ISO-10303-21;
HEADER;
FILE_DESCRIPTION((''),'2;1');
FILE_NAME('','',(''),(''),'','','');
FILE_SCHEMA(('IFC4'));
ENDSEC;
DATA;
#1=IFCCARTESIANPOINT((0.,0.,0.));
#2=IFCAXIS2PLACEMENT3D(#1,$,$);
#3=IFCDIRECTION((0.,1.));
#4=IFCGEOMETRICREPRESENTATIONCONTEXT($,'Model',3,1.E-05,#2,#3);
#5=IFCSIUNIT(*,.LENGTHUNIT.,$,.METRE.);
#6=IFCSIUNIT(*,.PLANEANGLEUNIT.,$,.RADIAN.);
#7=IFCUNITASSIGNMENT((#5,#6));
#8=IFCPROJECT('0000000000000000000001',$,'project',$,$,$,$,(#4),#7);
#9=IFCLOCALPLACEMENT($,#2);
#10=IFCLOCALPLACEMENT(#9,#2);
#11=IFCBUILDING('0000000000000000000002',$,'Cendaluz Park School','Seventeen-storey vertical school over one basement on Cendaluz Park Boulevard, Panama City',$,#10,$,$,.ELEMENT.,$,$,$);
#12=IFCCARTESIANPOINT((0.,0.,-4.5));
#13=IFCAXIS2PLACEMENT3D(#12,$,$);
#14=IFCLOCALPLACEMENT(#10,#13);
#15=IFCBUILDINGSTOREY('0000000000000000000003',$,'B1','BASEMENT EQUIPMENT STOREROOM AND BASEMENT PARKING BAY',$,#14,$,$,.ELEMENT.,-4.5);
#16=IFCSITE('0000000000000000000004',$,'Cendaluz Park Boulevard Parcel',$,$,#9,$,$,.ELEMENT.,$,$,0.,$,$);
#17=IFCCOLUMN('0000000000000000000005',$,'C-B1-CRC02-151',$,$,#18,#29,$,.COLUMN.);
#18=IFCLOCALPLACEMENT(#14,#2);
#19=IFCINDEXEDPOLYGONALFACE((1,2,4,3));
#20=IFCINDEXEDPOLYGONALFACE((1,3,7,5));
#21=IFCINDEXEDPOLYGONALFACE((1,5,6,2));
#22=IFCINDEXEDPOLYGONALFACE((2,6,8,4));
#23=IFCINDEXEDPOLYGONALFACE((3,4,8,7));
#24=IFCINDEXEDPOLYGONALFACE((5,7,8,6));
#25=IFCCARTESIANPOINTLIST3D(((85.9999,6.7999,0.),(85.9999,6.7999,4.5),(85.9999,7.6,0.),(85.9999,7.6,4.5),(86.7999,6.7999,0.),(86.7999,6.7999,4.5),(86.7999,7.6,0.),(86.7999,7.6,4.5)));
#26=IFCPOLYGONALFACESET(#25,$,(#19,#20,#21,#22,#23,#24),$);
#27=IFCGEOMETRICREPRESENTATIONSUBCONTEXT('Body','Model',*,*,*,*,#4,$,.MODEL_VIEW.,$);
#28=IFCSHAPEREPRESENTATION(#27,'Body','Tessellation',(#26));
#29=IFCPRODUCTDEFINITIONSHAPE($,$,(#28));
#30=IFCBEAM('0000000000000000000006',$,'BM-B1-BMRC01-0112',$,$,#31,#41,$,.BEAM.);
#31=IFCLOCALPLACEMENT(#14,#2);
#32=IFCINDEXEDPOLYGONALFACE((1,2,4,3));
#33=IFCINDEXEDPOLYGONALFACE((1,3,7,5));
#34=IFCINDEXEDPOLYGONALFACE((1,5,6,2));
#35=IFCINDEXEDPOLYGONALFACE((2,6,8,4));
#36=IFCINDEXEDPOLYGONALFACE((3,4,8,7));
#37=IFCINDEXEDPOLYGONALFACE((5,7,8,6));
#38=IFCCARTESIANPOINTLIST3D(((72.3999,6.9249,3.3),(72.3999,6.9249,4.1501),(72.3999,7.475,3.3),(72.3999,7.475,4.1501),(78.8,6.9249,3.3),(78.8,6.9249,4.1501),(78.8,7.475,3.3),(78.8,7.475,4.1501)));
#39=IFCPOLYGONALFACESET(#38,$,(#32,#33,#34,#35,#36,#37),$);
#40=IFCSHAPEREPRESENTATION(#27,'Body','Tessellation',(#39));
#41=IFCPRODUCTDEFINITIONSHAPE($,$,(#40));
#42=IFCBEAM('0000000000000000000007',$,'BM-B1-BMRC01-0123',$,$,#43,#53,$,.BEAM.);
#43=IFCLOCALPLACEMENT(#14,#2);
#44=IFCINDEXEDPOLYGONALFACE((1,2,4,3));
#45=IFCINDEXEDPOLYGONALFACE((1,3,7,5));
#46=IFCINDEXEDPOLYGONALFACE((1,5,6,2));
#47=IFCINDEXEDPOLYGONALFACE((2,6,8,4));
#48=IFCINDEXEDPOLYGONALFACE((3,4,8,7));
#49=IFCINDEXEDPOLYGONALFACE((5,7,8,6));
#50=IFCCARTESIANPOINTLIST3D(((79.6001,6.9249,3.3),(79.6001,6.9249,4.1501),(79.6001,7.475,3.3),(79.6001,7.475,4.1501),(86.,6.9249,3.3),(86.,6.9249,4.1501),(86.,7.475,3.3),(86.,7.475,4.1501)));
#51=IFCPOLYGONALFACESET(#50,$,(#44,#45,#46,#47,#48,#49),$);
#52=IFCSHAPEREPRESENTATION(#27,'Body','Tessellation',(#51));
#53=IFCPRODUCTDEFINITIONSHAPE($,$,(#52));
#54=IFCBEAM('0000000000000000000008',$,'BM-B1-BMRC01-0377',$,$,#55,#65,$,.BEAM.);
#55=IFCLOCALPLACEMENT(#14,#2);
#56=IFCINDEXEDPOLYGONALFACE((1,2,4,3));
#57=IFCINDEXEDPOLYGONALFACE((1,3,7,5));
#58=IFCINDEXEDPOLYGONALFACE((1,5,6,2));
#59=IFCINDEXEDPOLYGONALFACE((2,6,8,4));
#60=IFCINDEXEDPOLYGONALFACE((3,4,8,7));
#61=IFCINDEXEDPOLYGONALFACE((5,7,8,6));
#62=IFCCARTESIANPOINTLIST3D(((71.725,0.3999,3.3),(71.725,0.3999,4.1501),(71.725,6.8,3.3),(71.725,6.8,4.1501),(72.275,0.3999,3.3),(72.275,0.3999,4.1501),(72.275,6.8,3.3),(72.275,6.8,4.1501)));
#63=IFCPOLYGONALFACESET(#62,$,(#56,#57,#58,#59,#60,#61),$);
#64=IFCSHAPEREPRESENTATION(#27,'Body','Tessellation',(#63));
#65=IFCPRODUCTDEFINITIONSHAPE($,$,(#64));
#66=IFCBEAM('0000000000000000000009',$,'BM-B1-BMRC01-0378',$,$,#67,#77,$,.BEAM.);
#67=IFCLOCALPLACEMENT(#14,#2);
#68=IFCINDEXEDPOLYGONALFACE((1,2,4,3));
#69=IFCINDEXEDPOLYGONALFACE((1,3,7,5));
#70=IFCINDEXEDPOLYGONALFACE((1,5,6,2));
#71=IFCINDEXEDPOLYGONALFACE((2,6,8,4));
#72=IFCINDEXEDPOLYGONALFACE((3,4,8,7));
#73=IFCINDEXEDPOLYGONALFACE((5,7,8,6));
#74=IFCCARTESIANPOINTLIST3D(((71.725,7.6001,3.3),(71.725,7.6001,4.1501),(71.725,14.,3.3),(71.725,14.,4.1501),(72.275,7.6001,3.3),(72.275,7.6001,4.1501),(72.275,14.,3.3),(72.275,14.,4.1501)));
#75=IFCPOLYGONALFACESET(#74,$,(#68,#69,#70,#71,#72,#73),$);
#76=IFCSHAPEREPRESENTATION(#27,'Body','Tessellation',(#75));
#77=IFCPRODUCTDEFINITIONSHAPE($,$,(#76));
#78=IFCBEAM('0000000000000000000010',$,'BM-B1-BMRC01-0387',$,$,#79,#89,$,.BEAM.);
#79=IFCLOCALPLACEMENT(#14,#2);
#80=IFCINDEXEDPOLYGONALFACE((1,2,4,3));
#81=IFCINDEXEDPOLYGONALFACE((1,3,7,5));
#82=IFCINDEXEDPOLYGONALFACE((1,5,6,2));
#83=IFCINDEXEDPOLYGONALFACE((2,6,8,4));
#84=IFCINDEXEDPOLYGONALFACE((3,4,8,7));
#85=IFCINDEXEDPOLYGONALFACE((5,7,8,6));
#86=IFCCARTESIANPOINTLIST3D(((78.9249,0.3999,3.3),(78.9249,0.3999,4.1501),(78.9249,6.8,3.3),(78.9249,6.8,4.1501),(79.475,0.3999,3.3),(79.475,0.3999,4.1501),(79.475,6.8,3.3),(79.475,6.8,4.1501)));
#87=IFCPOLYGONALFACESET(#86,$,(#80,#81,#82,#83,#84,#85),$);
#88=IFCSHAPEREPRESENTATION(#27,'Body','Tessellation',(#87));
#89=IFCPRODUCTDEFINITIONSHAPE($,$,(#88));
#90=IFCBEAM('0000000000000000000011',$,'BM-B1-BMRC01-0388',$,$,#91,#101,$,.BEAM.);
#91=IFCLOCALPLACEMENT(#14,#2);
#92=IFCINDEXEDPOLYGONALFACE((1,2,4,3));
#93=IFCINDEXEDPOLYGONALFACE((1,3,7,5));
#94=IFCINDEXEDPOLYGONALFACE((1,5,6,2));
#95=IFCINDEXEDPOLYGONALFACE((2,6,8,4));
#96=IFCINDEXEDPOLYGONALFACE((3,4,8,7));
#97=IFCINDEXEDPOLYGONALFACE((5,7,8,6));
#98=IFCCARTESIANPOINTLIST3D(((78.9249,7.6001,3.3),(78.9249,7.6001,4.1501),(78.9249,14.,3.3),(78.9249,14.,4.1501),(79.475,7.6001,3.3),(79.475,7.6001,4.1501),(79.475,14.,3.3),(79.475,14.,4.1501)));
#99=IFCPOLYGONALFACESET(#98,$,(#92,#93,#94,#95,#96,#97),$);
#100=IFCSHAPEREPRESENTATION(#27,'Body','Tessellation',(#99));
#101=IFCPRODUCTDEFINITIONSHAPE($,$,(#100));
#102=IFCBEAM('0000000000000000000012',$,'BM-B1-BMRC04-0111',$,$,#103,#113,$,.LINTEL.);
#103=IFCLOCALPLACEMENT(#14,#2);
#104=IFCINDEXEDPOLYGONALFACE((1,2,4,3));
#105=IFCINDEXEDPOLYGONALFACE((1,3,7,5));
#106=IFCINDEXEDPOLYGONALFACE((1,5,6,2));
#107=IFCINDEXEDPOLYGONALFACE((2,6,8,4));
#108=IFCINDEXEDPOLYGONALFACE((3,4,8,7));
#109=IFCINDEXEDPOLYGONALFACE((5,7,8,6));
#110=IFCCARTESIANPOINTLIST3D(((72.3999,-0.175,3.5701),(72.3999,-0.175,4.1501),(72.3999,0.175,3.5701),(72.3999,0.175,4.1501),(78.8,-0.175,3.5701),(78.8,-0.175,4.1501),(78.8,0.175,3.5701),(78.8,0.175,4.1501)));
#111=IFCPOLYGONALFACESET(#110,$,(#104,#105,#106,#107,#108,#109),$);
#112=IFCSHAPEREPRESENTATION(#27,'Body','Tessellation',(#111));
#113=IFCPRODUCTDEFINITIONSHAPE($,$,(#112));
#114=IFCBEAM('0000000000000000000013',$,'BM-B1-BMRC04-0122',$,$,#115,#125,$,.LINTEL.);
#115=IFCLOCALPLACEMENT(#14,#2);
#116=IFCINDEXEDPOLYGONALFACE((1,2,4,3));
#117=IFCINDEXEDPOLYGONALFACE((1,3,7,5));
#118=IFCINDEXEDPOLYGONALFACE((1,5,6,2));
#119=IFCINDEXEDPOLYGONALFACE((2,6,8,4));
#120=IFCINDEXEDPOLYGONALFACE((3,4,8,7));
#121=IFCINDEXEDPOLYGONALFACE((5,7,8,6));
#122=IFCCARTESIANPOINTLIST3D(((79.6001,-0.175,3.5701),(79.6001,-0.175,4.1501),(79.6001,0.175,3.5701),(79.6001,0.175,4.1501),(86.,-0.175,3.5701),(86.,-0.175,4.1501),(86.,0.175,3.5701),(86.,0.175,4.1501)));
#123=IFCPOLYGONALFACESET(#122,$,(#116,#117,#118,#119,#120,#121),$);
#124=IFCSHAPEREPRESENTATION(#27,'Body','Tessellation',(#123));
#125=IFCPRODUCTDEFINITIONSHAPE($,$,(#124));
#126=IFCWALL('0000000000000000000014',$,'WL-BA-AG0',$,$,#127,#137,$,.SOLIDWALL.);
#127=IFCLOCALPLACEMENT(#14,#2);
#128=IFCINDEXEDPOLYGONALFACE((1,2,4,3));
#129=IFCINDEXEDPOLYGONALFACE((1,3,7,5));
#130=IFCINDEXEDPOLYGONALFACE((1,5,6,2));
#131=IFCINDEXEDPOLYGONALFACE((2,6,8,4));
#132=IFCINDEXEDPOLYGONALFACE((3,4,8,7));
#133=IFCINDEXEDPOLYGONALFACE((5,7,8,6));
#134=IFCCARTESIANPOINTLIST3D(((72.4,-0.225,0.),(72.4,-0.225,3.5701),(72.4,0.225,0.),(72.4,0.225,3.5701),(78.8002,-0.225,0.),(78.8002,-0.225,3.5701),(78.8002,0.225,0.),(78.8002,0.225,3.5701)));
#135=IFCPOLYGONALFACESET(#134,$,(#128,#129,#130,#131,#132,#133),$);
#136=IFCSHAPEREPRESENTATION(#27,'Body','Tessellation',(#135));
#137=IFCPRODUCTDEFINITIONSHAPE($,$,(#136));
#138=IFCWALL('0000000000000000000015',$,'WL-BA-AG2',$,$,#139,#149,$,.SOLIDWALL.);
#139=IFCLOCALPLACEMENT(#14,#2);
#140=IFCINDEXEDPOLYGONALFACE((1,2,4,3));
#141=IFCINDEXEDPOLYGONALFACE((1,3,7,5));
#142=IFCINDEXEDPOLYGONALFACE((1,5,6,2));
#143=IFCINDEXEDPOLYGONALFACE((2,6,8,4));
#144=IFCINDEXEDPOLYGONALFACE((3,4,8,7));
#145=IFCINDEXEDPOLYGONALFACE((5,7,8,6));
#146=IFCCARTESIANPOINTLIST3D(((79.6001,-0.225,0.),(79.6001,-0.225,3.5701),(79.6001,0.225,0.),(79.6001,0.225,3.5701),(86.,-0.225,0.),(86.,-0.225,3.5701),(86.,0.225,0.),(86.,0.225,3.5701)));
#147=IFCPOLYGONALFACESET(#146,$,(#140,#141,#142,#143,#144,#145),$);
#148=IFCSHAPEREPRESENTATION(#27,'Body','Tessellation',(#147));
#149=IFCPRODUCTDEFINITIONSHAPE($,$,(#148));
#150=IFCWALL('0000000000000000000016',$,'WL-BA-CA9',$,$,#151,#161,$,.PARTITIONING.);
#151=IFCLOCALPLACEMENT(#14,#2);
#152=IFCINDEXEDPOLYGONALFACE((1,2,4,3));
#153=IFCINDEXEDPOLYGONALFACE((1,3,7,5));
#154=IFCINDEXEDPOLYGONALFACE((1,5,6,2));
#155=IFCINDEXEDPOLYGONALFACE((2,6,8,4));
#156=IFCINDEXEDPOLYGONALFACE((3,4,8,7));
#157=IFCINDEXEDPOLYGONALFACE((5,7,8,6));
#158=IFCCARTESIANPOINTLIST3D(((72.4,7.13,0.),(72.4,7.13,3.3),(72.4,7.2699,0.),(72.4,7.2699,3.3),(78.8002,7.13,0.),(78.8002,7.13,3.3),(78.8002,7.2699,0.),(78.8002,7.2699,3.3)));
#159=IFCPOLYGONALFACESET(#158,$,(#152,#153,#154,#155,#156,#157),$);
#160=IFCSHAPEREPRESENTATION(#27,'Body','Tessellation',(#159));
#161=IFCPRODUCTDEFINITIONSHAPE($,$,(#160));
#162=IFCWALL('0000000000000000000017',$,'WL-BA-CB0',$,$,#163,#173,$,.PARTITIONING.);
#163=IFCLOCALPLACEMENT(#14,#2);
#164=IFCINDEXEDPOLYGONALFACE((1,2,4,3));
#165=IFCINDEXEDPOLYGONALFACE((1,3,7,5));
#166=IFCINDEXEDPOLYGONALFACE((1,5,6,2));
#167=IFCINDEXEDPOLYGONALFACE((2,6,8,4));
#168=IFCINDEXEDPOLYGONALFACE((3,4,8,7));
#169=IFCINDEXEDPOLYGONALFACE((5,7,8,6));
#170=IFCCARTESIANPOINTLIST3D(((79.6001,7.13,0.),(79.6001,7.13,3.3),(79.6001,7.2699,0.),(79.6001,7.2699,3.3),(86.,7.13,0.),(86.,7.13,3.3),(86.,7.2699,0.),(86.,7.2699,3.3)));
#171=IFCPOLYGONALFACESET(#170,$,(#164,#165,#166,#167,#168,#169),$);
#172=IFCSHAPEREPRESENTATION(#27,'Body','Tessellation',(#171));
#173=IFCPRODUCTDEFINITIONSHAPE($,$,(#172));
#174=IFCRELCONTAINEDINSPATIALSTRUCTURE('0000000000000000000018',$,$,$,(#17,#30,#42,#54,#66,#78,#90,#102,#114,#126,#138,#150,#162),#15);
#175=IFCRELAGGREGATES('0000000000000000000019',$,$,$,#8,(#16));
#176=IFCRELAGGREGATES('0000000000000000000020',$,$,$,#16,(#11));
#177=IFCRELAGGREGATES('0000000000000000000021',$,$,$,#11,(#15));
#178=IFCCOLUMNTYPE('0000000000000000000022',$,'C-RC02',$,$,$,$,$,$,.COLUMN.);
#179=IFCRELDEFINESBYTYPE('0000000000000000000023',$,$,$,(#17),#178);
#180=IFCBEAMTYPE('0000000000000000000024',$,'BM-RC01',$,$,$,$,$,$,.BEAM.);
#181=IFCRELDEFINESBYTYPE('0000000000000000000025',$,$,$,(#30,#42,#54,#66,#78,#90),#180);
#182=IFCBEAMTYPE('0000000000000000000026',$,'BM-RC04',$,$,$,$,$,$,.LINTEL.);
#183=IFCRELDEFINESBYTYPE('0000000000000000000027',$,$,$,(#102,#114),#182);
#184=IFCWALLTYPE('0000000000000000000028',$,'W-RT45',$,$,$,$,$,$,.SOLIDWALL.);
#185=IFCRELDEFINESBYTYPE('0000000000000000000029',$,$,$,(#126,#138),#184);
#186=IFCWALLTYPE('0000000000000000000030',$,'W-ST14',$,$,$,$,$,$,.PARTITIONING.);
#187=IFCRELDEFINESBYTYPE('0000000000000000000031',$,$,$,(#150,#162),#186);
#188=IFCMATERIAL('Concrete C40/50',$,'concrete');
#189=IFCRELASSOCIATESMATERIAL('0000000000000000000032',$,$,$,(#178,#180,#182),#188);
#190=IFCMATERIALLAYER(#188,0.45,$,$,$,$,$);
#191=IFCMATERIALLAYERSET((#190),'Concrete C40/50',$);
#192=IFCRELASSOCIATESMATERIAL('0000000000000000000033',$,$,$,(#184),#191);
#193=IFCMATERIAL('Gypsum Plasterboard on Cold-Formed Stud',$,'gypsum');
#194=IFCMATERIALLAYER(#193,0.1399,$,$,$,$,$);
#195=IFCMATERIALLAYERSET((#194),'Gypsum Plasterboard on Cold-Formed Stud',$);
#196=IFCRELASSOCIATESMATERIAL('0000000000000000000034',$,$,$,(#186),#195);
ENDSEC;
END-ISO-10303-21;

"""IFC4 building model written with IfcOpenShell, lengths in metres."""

from ifc_helpers import new_model, si_unit, direction, frame, frame_2d, origin, origin_2d, place, context, subcontext, project, spatial, rectangle, extrude, material, layer, layer_set, material_profile, profile_set, type_object, element, save


model = new_model("IFC4")

# Units and contexts
model_context = context("Model", 3, precision=1e-05, world=origin(), true_north=direction((0.0, 1.0)))
body_context = subcontext(model_context, "Body", "Model", "MODEL_VIEW")
ifc_project = project(units=[si_unit("LENGTHUNIT", "METRE"), si_unit("PLANEANGLEUNIT", "RADIAN")], contexts=[model_context])

# Site, building, storey
site_placement = place(None, origin())
site = spatial("IfcSite", under=ifc_project, at=site_placement, Name="Cendaluz Park Boulevard Parcel", CompositionType="ELEMENT", RefElevation=0.0)
building_placement = place(site_placement, origin())
building = spatial("IfcBuilding", under=site, at=building_placement, Name="Cendaluz Park School", Description="Seventeen-storey vertical school over one basement on Cendaluz Park Boulevard, Panama City", CompositionType="ELEMENT")
storey_placement = place(building_placement, frame((0.0, 0.0, -4.5)))
storey = spatial("IfcBuildingStorey", under=building, at=storey_placement, Name="B1", Description="BASEMENT EQUIPMENT STOREROOM AND BASEMENT PARKING BAY", CompositionType="ELEMENT", Elevation=-4.5)

# Shared definitions
ifc_material_1 = material(Name="Concrete C40/50", Category="concrete")

# Column
ifc_material_profile_1 = material_profile(ifc_material_1, rectangle(XDim=0.8, YDim=0.8, at=origin_2d()), Name="RC 800x800", Category="concrete")
ifc_profile_set_1 = profile_set([ifc_material_profile_1], Name="Concrete C40/50")
column_type = type_object("IfcColumnType", Name="C-RC02", PredefinedType="COLUMN", material=ifc_profile_set_1)
for number, where, z_axis, x_axis, name in (
    (1, (86.3999, 7.2, 0.0), (0.0, 0.0, 1.0), (1.0, 0.0, 0.0), "C-B1-CRC02-151"),
):
    element("IfcColumn", number, at=place(storey_placement, frame(where, z_axis=z_axis, x_axis=x_axis)), inside=storey, type_object=column_type, Name=name, PredefinedType="COLUMN", context=body_context, shape_type="SweptSolid", body=[
        extrude(rectangle(XDim=0.8, YDim=0.8, at=origin_2d()), origin(), (0.0, 0.0, 1.0), 4.5),
    ])

# Beams
ifc_material_profile_2 = material_profile(ifc_material_1, rectangle(XDim=0.55, YDim=0.8501, at=origin_2d()), Name="RC 550x850", Category="concrete")
ifc_profile_set_2 = profile_set([ifc_material_profile_2], Name="Concrete C40/50")
beam_type_1 = type_object("IfcBeamType", Name="BM-RC01", PredefinedType="BEAM", material=ifc_profile_set_2)
beam_1_placement = place(storey_placement, frame((72.3999, 7.2, 3.7251), z_axis=(1.0, 0.0, 0.0), x_axis=(0.0, 1.0, 0.0)))
element("IfcBeam", 2, at=beam_1_placement, inside=storey, type_object=beam_type_1, Name="BM-B1-BMRC01-0112", PredefinedType="BEAM", context=body_context, shape_type="SweptSolid", body=[
    extrude(rectangle(XDim=0.55, YDim=0.8501, at=origin_2d()), origin(), (0.0, 0.0, 1.0), 6.4001),
])
beam_2_placement = place(storey_placement, frame((79.6001, 7.2, 3.7251), z_axis=(1.0, 0.0, 0.0), x_axis=(0.0, 1.0, 0.0)))
element("IfcBeam", 3, at=beam_2_placement, inside=storey, type_object=beam_type_1, Name="BM-B1-BMRC01-0123", PredefinedType="BEAM", context=body_context, shape_type="SweptSolid", body=[
    extrude(rectangle(XDim=0.55, YDim=0.8501, at=origin_2d()), origin(), (0.0, 0.0, 1.0), 6.3999),
])
beam_3_placement = place(storey_placement, frame((72.0, 0.3999, 3.7251), z_axis=(0.0, 1.0, 0.0), x_axis=(-1.0, 0.0, 0.0)))
element("IfcBeam", 4, at=beam_3_placement, inside=storey, type_object=beam_type_1, Name="BM-B1-BMRC01-0377", PredefinedType="BEAM", context=body_context, shape_type="SweptSolid", body=[
    extrude(rectangle(XDim=0.55, YDim=0.8501, at=origin_2d()), origin(), (0.0, 0.0, 1.0), 6.4001),
])
beam_4_placement = place(storey_placement, frame((72.0, 7.6001, 3.7251), z_axis=(0.0, 1.0, 0.0), x_axis=(-1.0, 0.0, 0.0)))
element("IfcBeam", 5, at=beam_4_placement, inside=storey, type_object=beam_type_1, Name="BM-B1-BMRC01-0378", PredefinedType="BEAM", context=body_context, shape_type="SweptSolid", body=[
    extrude(rectangle(XDim=0.55, YDim=0.8501, at=origin_2d()), origin(), (0.0, 0.0, 1.0), 6.3999),
])
beam_5_placement = place(storey_placement, frame((79.2, 0.3999, 3.7251), z_axis=(0.0, 1.0, 0.0), x_axis=(-1.0, 0.0, 0.0)))
element("IfcBeam", 6, at=beam_5_placement, inside=storey, type_object=beam_type_1, Name="BM-B1-BMRC01-0387", PredefinedType="BEAM", context=body_context, shape_type="SweptSolid", body=[
    extrude(rectangle(XDim=0.55, YDim=0.8501, at=origin_2d()), origin(), (0.0, 0.0, 1.0), 6.4001),
])
beam_6_placement = place(storey_placement, frame((79.2, 7.6001, 3.7251), z_axis=(0.0, 1.0, 0.0), x_axis=(-1.0, 0.0, 0.0)))
element("IfcBeam", 7, at=beam_6_placement, inside=storey, type_object=beam_type_1, Name="BM-B1-BMRC01-0388", PredefinedType="BEAM", context=body_context, shape_type="SweptSolid", body=[
    extrude(rectangle(XDim=0.55, YDim=0.8501, at=origin_2d()), origin(), (0.0, 0.0, 1.0), 6.3999),
])
ifc_material_profile_3 = material_profile(ifc_material_1, rectangle(XDim=0.3501, YDim=0.5801, at=origin_2d()), Name="RC 350x580", Category="concrete")
ifc_profile_set_3 = profile_set([ifc_material_profile_3], Name="Concrete C40/50")
beam_type_2 = type_object("IfcBeamType", Name="BM-RC04", PredefinedType="LINTEL", material=ifc_profile_set_3)
beam_7_placement = place(storey_placement, frame((72.3999, 0.0, 3.8601), z_axis=(1.0, 0.0, 0.0), x_axis=(0.0, 1.0, 0.0)))
element("IfcBeam", 8, at=beam_7_placement, inside=storey, type_object=beam_type_2, Name="BM-B1-BMRC04-0111", PredefinedType="LINTEL", context=body_context, shape_type="SweptSolid", body=[
    extrude(rectangle(XDim=0.3501, YDim=0.5801, at=origin_2d()), origin(), (0.0, 0.0, 1.0), 6.4001),
])
beam_8_placement = place(storey_placement, frame((79.6001, 0.0, 3.8601), z_axis=(1.0, 0.0, 0.0), x_axis=(0.0, 1.0, 0.0)))
element("IfcBeam", 9, at=beam_8_placement, inside=storey, type_object=beam_type_2, Name="BM-B1-BMRC04-0122", PredefinedType="LINTEL", context=body_context, shape_type="SweptSolid", body=[
    extrude(rectangle(XDim=0.3501, YDim=0.5801, at=origin_2d()), origin(), (0.0, 0.0, 1.0), 6.3999),
])

# Walls
ifc_layer_1 = layer(ifc_material_1, 0.45)
ifc_layer_set_1 = layer_set([ifc_layer_1], Name="Concrete C40/50")
wall_type_1 = type_object("IfcWallType", Name="W-RT45", PredefinedType="SOLIDWALL", material=ifc_layer_set_1)
wall_1_placement = place(storey_placement, frame((72.3999, 0.0, 0.0), z_axis=(0.0, 0.0, 1.0), x_axis=(1.0, 0.0, 0.0)))
element("IfcWall", 10, at=wall_1_placement, inside=storey, type_object=wall_type_1, Name="WL-BA-AG0", PredefinedType="SOLIDWALL", context=body_context, shape_type="SweptSolid", body=[
    extrude(rectangle(XDim=6.4001, YDim=0.45, at=frame_2d((3.2002, 0.0))), origin(), (0.0, 0.0, 1.0), 3.5701),
])
wall_2_placement = place(storey_placement, frame((79.6001, 0.0, 0.0), z_axis=(0.0, 0.0, 1.0), x_axis=(1.0, 0.0, 0.0)))
element("IfcWall", 11, at=wall_2_placement, inside=storey, type_object=wall_type_1, Name="WL-BA-AG2", PredefinedType="SOLIDWALL", context=body_context, shape_type="SweptSolid", body=[
    extrude(rectangle(XDim=6.3999, YDim=0.45, at=frame_2d((3.2, 0.0))), origin(), (0.0, 0.0, 1.0), 3.5701),
])
ifc_material_2 = material(Name="Gypsum Plasterboard on Cold-Formed Stud", Category="gypsum")
ifc_layer_2 = layer(ifc_material_2, 0.1399)
ifc_layer_set_2 = layer_set([ifc_layer_2], Name="Gypsum Plasterboard on Cold-Formed Stud")
wall_type_2 = type_object("IfcWallType", Name="W-ST14", PredefinedType="PARTITIONING", material=ifc_layer_set_2)
wall_3_placement = place(storey_placement, frame((72.3999, 7.2, 0.0), z_axis=(0.0, 0.0, 1.0), x_axis=(1.0, 0.0, 0.0)))
element("IfcWall", 12, at=wall_3_placement, inside=storey, type_object=wall_type_2, Name="WL-BA-CA9", PredefinedType="PARTITIONING", context=body_context, shape_type="SweptSolid", body=[
    extrude(rectangle(XDim=6.4001, YDim=0.1399, at=frame_2d((3.2002, 0.0))), origin(), (0.0, 0.0, 1.0), 3.3),
])
wall_4_placement = place(storey_placement, frame((79.6001, 7.2, 0.0), z_axis=(0.0, 0.0, 1.0), x_axis=(1.0, 0.0, 0.0)))
element("IfcWall", 13, at=wall_4_placement, inside=storey, type_object=wall_type_2, Name="WL-BA-CB0", PredefinedType="PARTITIONING", context=body_context, shape_type="SweptSolid", body=[
    extrude(rectangle(XDim=6.3999, YDim=0.1399, at=frame_2d((3.2, 0.0))), origin(), (0.0, 0.0, 1.0), 3.3),
])

save(model, "model.ifc")
